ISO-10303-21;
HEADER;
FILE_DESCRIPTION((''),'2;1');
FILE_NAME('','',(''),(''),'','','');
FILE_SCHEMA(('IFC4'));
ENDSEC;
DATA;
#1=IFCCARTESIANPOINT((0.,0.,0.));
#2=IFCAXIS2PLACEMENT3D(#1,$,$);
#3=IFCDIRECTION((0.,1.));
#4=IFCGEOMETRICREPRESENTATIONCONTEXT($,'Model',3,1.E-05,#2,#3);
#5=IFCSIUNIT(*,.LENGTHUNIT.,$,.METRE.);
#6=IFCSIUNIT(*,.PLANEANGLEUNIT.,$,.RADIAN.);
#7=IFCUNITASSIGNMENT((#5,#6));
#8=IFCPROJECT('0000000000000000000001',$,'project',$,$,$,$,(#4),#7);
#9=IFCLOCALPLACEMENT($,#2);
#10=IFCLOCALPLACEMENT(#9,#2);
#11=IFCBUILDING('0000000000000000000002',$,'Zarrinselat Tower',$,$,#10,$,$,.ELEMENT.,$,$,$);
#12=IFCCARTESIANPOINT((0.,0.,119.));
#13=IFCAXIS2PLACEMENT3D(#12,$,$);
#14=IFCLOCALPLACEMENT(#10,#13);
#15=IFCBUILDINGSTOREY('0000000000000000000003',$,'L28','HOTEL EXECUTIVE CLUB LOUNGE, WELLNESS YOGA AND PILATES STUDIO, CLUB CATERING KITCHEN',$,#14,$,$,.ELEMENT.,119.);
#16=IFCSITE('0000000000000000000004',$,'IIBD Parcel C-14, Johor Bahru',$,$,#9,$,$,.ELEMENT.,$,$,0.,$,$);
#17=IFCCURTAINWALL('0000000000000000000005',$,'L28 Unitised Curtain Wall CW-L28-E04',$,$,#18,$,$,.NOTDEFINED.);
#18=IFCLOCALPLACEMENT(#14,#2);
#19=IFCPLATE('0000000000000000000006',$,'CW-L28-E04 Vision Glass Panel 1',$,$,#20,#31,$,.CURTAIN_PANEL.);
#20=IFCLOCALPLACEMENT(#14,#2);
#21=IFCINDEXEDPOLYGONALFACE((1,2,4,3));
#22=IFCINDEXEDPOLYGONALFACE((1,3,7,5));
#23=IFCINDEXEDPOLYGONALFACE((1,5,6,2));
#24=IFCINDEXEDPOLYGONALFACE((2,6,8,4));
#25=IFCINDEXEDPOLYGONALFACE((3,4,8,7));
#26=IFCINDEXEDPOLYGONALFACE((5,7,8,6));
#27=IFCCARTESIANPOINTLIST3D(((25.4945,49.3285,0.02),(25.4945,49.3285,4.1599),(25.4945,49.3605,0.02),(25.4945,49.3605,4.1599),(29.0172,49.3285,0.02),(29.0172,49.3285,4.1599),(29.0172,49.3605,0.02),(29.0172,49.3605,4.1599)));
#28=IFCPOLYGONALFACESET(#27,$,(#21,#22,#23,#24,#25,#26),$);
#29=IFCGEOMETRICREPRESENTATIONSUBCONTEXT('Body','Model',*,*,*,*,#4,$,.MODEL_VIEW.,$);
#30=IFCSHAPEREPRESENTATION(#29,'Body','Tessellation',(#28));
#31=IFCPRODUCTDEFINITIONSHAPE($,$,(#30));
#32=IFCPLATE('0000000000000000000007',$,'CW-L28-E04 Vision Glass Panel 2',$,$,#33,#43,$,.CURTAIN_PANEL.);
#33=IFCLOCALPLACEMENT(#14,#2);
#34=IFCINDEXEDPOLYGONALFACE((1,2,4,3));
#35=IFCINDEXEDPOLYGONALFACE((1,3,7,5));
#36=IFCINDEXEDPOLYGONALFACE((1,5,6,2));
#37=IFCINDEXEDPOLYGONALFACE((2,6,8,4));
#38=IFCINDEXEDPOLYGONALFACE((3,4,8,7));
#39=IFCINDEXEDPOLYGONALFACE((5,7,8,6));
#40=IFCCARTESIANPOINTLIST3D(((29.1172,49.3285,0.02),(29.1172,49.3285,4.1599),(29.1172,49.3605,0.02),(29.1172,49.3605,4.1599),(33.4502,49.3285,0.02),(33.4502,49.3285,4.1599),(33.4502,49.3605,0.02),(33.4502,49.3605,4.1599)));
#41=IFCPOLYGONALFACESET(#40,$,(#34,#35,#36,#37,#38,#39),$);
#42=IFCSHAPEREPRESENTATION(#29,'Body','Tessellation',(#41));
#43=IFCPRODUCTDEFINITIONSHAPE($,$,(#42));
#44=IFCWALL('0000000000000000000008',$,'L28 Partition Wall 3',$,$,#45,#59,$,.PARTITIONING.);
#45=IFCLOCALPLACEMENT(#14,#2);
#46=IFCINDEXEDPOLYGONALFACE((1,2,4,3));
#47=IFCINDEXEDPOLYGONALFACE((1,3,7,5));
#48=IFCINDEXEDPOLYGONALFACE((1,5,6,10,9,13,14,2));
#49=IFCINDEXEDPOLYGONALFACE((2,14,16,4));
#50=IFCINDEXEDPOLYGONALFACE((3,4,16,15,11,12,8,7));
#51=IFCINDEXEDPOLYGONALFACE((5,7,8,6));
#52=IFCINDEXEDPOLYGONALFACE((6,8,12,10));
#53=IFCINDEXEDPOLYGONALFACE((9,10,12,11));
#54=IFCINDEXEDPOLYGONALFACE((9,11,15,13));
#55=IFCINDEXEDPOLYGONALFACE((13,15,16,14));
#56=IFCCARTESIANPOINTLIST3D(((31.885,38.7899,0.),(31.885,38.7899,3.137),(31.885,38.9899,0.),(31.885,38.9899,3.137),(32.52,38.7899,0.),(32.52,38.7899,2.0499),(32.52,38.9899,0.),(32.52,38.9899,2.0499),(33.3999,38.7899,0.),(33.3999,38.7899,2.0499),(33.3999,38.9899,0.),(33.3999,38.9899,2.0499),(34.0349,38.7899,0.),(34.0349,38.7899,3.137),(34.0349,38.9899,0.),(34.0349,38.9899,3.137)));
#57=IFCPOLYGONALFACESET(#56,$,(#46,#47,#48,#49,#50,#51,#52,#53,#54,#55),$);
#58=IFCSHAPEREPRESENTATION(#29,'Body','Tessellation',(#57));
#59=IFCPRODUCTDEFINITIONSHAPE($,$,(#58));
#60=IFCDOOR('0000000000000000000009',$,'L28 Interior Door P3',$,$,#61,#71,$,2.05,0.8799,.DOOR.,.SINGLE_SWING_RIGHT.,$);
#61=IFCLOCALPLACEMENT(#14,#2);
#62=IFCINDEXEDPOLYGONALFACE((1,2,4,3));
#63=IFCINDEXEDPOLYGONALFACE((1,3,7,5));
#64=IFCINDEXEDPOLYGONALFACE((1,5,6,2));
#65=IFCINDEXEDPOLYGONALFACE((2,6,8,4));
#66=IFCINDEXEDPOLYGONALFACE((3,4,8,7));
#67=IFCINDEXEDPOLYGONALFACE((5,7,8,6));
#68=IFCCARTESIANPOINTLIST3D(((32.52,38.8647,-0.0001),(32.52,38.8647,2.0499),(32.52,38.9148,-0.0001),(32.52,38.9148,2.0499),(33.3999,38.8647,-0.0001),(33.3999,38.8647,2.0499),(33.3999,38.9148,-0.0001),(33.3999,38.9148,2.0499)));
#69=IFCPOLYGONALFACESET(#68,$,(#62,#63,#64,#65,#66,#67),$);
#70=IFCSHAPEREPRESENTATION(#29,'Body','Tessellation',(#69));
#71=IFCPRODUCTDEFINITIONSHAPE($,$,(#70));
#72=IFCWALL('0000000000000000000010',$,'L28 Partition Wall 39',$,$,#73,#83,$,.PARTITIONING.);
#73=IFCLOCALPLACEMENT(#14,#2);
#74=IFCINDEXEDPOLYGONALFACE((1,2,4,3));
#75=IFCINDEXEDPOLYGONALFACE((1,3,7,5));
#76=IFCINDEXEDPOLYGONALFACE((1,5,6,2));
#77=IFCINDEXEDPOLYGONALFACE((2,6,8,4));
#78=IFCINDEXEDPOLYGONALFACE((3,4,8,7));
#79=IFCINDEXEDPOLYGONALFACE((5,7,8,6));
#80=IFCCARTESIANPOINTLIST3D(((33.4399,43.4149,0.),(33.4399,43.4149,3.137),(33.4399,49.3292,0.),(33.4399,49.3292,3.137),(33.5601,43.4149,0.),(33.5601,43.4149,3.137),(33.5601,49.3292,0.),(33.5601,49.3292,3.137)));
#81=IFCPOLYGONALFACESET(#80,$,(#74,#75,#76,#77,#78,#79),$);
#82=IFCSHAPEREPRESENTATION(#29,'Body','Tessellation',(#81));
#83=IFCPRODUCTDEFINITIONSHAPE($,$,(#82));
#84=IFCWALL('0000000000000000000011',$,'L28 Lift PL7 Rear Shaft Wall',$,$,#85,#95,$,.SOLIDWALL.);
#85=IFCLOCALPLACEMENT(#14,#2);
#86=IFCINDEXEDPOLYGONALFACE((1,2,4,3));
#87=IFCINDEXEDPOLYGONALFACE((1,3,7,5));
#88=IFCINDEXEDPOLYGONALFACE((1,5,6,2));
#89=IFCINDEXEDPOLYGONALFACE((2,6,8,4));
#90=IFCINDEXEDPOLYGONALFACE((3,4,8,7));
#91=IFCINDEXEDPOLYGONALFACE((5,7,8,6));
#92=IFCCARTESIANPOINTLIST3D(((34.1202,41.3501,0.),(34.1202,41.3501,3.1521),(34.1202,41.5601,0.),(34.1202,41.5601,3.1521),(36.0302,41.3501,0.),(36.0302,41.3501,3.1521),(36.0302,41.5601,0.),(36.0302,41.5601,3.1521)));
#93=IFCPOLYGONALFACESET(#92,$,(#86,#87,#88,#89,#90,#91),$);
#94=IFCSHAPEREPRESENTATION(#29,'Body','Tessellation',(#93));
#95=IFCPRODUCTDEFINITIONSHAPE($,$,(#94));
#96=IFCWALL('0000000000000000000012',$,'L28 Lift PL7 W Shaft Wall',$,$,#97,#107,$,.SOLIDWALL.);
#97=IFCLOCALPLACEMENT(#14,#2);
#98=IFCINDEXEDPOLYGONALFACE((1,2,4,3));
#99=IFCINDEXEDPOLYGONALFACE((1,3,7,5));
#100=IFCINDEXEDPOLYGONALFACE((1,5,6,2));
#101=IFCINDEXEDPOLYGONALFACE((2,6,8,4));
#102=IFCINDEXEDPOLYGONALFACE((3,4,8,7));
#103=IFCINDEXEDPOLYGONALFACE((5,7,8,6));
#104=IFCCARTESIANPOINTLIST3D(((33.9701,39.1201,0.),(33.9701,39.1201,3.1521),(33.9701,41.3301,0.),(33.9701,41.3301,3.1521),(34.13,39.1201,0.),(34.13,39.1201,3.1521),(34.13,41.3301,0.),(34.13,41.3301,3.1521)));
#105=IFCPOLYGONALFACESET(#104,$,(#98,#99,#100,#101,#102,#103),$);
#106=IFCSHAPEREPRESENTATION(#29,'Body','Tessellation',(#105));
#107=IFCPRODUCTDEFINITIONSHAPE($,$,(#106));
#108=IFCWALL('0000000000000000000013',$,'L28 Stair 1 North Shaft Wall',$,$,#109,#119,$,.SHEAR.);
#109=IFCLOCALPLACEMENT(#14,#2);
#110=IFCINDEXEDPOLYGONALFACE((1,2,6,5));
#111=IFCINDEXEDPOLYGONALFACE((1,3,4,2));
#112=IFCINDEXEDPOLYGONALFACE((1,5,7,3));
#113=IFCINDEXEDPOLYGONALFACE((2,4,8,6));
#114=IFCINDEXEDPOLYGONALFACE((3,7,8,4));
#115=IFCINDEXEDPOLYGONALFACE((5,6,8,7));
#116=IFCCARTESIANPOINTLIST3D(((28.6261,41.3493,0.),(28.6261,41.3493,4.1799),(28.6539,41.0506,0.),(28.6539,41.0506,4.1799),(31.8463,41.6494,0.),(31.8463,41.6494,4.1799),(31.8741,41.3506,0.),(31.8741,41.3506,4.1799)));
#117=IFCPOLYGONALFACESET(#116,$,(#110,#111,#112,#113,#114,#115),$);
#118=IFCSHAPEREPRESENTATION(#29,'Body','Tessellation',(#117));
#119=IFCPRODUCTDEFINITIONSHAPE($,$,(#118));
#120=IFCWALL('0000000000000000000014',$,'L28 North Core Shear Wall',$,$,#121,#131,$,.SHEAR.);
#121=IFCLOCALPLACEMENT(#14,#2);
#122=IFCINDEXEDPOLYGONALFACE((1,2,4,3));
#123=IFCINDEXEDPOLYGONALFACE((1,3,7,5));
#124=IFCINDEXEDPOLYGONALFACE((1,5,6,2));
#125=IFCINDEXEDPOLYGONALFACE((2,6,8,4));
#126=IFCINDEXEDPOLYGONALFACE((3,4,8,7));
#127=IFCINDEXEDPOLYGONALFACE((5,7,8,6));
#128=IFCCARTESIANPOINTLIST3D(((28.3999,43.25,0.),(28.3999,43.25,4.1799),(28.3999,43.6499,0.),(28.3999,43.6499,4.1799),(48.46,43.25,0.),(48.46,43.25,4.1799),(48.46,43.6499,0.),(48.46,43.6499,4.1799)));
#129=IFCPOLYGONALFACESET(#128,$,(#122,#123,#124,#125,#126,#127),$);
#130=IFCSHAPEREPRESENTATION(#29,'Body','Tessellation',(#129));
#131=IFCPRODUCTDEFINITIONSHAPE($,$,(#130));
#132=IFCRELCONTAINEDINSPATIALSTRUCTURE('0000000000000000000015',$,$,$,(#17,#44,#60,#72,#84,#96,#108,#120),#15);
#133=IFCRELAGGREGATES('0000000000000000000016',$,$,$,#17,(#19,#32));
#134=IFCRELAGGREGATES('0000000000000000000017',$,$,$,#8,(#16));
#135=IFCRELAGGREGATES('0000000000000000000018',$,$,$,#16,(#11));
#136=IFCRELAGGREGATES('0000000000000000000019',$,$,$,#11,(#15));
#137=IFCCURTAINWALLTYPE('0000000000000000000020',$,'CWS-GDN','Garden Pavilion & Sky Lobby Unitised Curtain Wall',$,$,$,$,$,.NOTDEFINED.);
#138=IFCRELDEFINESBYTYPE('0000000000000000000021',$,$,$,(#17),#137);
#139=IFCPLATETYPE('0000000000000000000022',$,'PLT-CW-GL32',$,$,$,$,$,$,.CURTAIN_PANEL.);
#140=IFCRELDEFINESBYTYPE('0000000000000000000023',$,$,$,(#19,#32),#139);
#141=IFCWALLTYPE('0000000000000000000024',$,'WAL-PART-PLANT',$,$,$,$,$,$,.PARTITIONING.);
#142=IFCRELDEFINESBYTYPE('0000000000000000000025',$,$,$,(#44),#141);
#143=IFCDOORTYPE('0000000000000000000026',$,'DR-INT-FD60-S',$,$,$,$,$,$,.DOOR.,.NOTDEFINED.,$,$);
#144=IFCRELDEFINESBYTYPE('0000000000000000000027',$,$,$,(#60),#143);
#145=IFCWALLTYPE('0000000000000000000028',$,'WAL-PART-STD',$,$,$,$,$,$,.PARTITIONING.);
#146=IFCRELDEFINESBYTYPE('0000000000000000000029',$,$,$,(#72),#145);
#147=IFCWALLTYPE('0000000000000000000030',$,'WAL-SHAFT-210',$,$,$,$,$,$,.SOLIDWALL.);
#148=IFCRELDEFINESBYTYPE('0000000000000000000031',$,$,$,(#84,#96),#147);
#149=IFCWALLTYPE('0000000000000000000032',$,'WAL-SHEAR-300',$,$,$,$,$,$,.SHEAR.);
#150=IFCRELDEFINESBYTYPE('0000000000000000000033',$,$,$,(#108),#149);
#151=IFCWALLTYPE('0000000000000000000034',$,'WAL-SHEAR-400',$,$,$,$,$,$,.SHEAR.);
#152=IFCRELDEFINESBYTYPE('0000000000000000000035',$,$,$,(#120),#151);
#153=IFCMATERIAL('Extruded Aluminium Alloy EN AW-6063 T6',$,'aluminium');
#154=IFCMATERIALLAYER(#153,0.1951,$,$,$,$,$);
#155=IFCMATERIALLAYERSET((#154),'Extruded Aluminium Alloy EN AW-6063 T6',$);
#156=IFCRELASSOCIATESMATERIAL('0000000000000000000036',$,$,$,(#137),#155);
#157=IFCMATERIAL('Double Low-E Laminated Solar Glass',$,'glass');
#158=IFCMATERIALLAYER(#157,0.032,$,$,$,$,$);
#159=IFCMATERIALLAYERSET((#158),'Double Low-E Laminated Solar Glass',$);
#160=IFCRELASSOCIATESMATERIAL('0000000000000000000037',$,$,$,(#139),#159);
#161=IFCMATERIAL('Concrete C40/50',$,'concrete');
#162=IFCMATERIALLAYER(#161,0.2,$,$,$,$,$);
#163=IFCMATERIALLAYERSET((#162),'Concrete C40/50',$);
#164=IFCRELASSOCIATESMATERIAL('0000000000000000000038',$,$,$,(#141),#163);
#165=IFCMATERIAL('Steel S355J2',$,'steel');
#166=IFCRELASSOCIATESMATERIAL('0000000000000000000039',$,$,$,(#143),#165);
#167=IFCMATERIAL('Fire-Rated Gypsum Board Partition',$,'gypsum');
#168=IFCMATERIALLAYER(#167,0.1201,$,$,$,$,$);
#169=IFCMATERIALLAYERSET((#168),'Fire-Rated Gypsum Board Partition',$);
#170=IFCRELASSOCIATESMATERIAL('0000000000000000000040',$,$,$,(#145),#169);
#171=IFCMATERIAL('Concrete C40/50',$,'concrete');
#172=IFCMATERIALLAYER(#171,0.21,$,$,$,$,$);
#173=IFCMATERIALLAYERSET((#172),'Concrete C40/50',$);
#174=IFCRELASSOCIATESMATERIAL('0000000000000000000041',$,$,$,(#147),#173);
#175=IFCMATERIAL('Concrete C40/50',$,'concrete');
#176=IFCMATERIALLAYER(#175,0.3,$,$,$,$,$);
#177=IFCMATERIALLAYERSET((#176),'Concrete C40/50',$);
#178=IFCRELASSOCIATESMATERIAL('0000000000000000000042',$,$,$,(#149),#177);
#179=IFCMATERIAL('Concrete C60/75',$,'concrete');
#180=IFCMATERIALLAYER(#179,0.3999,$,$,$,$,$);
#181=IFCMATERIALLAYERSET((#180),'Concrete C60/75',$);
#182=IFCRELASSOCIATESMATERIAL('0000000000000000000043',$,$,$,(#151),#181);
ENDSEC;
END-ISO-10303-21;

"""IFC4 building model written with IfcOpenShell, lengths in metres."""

from ifc_helpers import new_model, si_unit, direction, frame, frame_2d, origin, origin_2d, place, context, subcontext, project, spatial, rectangle, extrude, material, layer, layer_set, type_object, element, fill, aggregate, save


model = new_model("IFC4")

# Units and contexts
model_context = context("Model", 3, precision=1e-05, world=origin(), true_north=direction((0.0, 1.0)))
body_context = subcontext(model_context, "Body", "Model", "MODEL_VIEW")
ifc_project = project(units=[si_unit("LENGTHUNIT", "METRE"), si_unit("PLANEANGLEUNIT", "RADIAN")], contexts=[model_context])

# Site, building, storey
site_placement = place(None, origin())
site = spatial("IfcSite", under=ifc_project, at=site_placement, Name="IIBD Parcel C-14, Johor Bahru", CompositionType="ELEMENT", RefElevation=0.0)
building_placement = place(site_placement, origin())
building = spatial("IfcBuilding", under=site, at=building_placement, Name="Zarrinselat Tower", CompositionType="ELEMENT")
storey_placement = place(building_placement, frame((0.0, 0.0, 119.0)))
storey = spatial("IfcBuildingStorey", under=building, at=storey_placement, Name="L28", Description="HOTEL EXECUTIVE CLUB LOUNGE, WELLNESS YOGA AND PILATES STUDIO, CLUB CATERING KITCHEN", CompositionType="ELEMENT", Elevation=119.0)

# Curtain wall, plates
ifc_material_1 = material(Name="Extruded Aluminium Alloy EN AW-6063 T6", Category="aluminium")
ifc_layer_1 = layer(ifc_material_1, 0.1951)
ifc_layer_set_1 = layer_set([ifc_layer_1], Name="Extruded Aluminium Alloy EN AW-6063 T6")
curtain_wall_type = type_object("IfcCurtainWallType", Name="CWS-GDN", Description="Garden Pavilion & Sky Lobby Unitised Curtain Wall", PredefinedType="NOTDEFINED", material=ifc_layer_set_1)
curtain_wall_placement = place(storey_placement, origin())
curtain_wall = element("IfcCurtainWall", 1, at=curtain_wall_placement, inside=storey, type_object=curtain_wall_type, Name="L28 Unitised Curtain Wall CW-L28-E04", PredefinedType="NOTDEFINED")
ifc_material_2 = material(Name="Double Low-E Laminated Solar Glass", Category="glass")
ifc_layer_2 = layer(ifc_material_2, 0.032)
ifc_layer_set_2 = layer_set([ifc_layer_2], Name="Double Low-E Laminated Solar Glass")
plate_type = type_object("IfcPlateType", Name="PLT-CW-GL32", PredefinedType="CURTAIN_PANEL", material=ifc_layer_set_2)
plate_1_placement = place(storey_placement, frame((27.2559, 49.3445, 0.02), z_axis=(0.0, 0.0, 1.0), x_axis=(1.0, 0.0, 0.0)))
plate_1 = element("IfcPlate", 2, at=plate_1_placement, type_object=plate_type, Name="CW-L28-E04 Vision Glass Panel 1", PredefinedType="CURTAIN_PANEL", context=body_context, shape_type="SweptSolid", body=[
    extrude(rectangle(XDim=3.5227, YDim=0.032, at=origin_2d()), origin(), (0.0, 0.0, 1.0), 4.1399),
])
plate_2_placement = place(storey_placement, frame((31.2837, 49.3445, 0.02), z_axis=(0.0, 0.0, 1.0), x_axis=(1.0, 0.0, 0.0)))
plate_2 = element("IfcPlate", 3, at=plate_2_placement, type_object=plate_type, Name="CW-L28-E04 Vision Glass Panel 2", PredefinedType="CURTAIN_PANEL", context=body_context, shape_type="SweptSolid", body=[
    extrude(rectangle(XDim=4.333, YDim=0.032, at=origin_2d()), origin(), (0.0, 0.0, 1.0), 4.1399),
])
aggregate(curtain_wall, [plate_1, plate_2])

# Wall, opening, door
ifc_material_3 = material(Name="Concrete C40/50", Category="concrete")
ifc_layer_3 = layer(ifc_material_3, 0.2)
ifc_layer_set_3 = layer_set([ifc_layer_3], Name="Concrete C40/50")
wall_type_1 = type_object("IfcWallType", Name="WAL-PART-PLANT", PredefinedType="PARTITIONING", material=ifc_layer_set_3)
wall_1_placement = place(storey_placement, frame((31.885, 38.8899, 0.0), z_axis=(0.0, 0.0, 1.0), x_axis=(1.0, 0.0, 0.0)))
wall_1 = element("IfcWall", 4, at=wall_1_placement, inside=storey, type_object=wall_type_1, Name="L28 Partition Wall 3", PredefinedType="PARTITIONING", context=body_context, shape_type="SweptSolid", body=[
    extrude(rectangle(XDim=2.1499, YDim=0.2, at=frame_2d((1.075, 0.0))), origin(), (0.0, 0.0, 1.0), 3.137),
])
opening_placement = place(wall_1_placement, frame((0.635, 0.0, 0.0)))
opening = element("IfcOpeningElement", 5, at=opening_placement, cuts=wall_1, PredefinedType="OPENING", context=body_context, shape_type="SweptSolid", body=[
    extrude(rectangle(XDim=0.8799, YDim=2.05, at=frame_2d((0.4399, 1.0249))), frame((0.0, 0.1099, 0.0), z_axis=(0.0, -1.0, 0.0), x_axis=(1.0, 0.0, 0.0)), (0.0, 0.0, 1.0), 0.22),
])
ifc_material_4 = material(Name="Steel S355J2", Category="steel")
door_type = type_object("IfcDoorType", Name="DR-INT-FD60-S", OperationType="NOTDEFINED", PredefinedType="DOOR", material=ifc_material_4)
door_placement = place(opening_placement, origin())
door = element("IfcDoor", 6, at=door_placement, inside=storey, type_object=door_type, Name="L28 Interior Door P3", OperationType="SINGLE_SWING_RIGHT", OverallHeight=2.05, OverallWidth=0.8799, PredefinedType="DOOR", context=body_context, shape_type="SweptSolid", body=[
    extrude(rectangle(XDim=0.8799, YDim=2.05, at=frame_2d((0.4399, 1.0249))), frame((0.0, 0.0249, 0.0), z_axis=(0.0, -1.0, 0.0), x_axis=(1.0, 0.0, 0.0)), (0.0, 0.0, 1.0), 0.05),
])
fill(opening, door)

# Walls
ifc_material_5 = material(Name="Fire-Rated Gypsum Board Partition", Category="gypsum")
ifc_layer_4 = layer(ifc_material_5, 0.1201)
ifc_layer_set_4 = layer_set([ifc_layer_4], Name="Fire-Rated Gypsum Board Partition")
wall_type_2 = type_object("IfcWallType", Name="WAL-PART-STD", PredefinedType="PARTITIONING", material=ifc_layer_set_4)
wall_2_placement = place(storey_placement, frame((33.5, 43.415, 0.0), z_axis=(0.0, 0.0, 1.0), x_axis=(0.0, 1.0, 0.0)))
element("IfcWall", 7, at=wall_2_placement, inside=storey, type_object=wall_type_2, Name="L28 Partition Wall 39", PredefinedType="PARTITIONING", context=body_context, shape_type="SweptSolid", body=[
    extrude(rectangle(XDim=5.9143, YDim=0.1201, at=frame_2d((2.957, 0.0))), origin(), (0.0, 0.0, 1.0), 3.137),
])
ifc_material_6 = material(Name="Concrete C40/50", Category="concrete")
ifc_layer_5 = layer(ifc_material_6, 0.21)
ifc_layer_set_5 = layer_set([ifc_layer_5], Name="Concrete C40/50")
wall_type_3 = type_object("IfcWallType", Name="WAL-SHAFT-210", PredefinedType="SOLIDWALL", material=ifc_layer_set_5)
wall_3_placement = place(storey_placement, frame((34.1201, 41.4551, 0.0), z_axis=(0.0, 0.0, 1.0), x_axis=(1.0, 0.0, 0.0)))
element("IfcWall", 8, at=wall_3_placement, inside=storey, type_object=wall_type_3, Name="L28 Lift PL7 Rear Shaft Wall", PredefinedType="SOLIDWALL", context=body_context, shape_type="SweptSolid", body=[
    extrude(rectangle(XDim=1.9099, YDim=0.21, at=frame_2d((0.9551, 0.0))), origin(), (0.0, 0.0, 1.0), 3.1521),
])
wall_4_placement = place(storey_placement, frame((34.05, 39.1201, 0.0), z_axis=(0.0, 0.0, 1.0), x_axis=(0.0, 1.0, 0.0)))
element("IfcWall", 9, at=wall_4_placement, inside=storey, type_object=wall_type_3, Name="L28 Lift PL7 W Shaft Wall", PredefinedType="SOLIDWALL", context=body_context, shape_type="SweptSolid", body=[
    extrude(rectangle(XDim=2.21, YDim=0.1599, at=frame_2d((1.105, 0.0))), origin(), (0.0, 0.0, 1.0), 3.1521),
])
ifc_material_7 = material(Name="Concrete C40/50", Category="concrete")
ifc_layer_6 = layer(ifc_material_7, 0.3)
ifc_layer_set_6 = layer_set([ifc_layer_6], Name="Concrete C40/50")
wall_type_4 = type_object("IfcWallType", Name="WAL-SHEAR-300", PredefinedType="SHEAR", material=ifc_layer_set_6)
wall_5_placement = place(storey_placement, frame((28.6399, 41.2, 0.0), z_axis=(0.0, 0.0, 1.0), x_axis=(0.995687, 0.092775, 0.0)))
element("IfcWall", 10, at=wall_5_placement, inside=storey, type_object=wall_type_4, Name="L28 Stair 1 North Shaft Wall", PredefinedType="SHEAR", context=body_context, shape_type="SweptSolid", body=[
    extrude(rectangle(XDim=3.2341, YDim=0.3, at=frame_2d((1.6172, 0.0))), origin(), (0.0, 0.0, 1.0), 4.1799),
])
ifc_material_8 = material(Name="Concrete C60/75", Category="concrete")
ifc_layer_7 = layer(ifc_material_8, 0.3999)
ifc_layer_set_7 = layer_set([ifc_layer_7], Name="Concrete C60/75")
wall_type_5 = type_object("IfcWallType", Name="WAL-SHEAR-400", PredefinedType="SHEAR", material=ifc_layer_set_7)
wall_6_placement = place(storey_placement, frame((28.3999, 43.45, 0.0), z_axis=(0.0, 0.0, 1.0), x_axis=(1.0, 0.0, 0.0)))
element("IfcWall", 11, at=wall_6_placement, inside=storey, type_object=wall_type_5, Name="L28 North Core Shear Wall", PredefinedType="SHEAR", context=body_context, shape_type="SweptSolid", body=[
    extrude(rectangle(XDim=20.0601, YDim=0.3999, at=frame_2d((10.03, 0.0))), origin(), (0.0, 0.0, 1.0), 4.1799),
])

save(model, "model.ifc")
